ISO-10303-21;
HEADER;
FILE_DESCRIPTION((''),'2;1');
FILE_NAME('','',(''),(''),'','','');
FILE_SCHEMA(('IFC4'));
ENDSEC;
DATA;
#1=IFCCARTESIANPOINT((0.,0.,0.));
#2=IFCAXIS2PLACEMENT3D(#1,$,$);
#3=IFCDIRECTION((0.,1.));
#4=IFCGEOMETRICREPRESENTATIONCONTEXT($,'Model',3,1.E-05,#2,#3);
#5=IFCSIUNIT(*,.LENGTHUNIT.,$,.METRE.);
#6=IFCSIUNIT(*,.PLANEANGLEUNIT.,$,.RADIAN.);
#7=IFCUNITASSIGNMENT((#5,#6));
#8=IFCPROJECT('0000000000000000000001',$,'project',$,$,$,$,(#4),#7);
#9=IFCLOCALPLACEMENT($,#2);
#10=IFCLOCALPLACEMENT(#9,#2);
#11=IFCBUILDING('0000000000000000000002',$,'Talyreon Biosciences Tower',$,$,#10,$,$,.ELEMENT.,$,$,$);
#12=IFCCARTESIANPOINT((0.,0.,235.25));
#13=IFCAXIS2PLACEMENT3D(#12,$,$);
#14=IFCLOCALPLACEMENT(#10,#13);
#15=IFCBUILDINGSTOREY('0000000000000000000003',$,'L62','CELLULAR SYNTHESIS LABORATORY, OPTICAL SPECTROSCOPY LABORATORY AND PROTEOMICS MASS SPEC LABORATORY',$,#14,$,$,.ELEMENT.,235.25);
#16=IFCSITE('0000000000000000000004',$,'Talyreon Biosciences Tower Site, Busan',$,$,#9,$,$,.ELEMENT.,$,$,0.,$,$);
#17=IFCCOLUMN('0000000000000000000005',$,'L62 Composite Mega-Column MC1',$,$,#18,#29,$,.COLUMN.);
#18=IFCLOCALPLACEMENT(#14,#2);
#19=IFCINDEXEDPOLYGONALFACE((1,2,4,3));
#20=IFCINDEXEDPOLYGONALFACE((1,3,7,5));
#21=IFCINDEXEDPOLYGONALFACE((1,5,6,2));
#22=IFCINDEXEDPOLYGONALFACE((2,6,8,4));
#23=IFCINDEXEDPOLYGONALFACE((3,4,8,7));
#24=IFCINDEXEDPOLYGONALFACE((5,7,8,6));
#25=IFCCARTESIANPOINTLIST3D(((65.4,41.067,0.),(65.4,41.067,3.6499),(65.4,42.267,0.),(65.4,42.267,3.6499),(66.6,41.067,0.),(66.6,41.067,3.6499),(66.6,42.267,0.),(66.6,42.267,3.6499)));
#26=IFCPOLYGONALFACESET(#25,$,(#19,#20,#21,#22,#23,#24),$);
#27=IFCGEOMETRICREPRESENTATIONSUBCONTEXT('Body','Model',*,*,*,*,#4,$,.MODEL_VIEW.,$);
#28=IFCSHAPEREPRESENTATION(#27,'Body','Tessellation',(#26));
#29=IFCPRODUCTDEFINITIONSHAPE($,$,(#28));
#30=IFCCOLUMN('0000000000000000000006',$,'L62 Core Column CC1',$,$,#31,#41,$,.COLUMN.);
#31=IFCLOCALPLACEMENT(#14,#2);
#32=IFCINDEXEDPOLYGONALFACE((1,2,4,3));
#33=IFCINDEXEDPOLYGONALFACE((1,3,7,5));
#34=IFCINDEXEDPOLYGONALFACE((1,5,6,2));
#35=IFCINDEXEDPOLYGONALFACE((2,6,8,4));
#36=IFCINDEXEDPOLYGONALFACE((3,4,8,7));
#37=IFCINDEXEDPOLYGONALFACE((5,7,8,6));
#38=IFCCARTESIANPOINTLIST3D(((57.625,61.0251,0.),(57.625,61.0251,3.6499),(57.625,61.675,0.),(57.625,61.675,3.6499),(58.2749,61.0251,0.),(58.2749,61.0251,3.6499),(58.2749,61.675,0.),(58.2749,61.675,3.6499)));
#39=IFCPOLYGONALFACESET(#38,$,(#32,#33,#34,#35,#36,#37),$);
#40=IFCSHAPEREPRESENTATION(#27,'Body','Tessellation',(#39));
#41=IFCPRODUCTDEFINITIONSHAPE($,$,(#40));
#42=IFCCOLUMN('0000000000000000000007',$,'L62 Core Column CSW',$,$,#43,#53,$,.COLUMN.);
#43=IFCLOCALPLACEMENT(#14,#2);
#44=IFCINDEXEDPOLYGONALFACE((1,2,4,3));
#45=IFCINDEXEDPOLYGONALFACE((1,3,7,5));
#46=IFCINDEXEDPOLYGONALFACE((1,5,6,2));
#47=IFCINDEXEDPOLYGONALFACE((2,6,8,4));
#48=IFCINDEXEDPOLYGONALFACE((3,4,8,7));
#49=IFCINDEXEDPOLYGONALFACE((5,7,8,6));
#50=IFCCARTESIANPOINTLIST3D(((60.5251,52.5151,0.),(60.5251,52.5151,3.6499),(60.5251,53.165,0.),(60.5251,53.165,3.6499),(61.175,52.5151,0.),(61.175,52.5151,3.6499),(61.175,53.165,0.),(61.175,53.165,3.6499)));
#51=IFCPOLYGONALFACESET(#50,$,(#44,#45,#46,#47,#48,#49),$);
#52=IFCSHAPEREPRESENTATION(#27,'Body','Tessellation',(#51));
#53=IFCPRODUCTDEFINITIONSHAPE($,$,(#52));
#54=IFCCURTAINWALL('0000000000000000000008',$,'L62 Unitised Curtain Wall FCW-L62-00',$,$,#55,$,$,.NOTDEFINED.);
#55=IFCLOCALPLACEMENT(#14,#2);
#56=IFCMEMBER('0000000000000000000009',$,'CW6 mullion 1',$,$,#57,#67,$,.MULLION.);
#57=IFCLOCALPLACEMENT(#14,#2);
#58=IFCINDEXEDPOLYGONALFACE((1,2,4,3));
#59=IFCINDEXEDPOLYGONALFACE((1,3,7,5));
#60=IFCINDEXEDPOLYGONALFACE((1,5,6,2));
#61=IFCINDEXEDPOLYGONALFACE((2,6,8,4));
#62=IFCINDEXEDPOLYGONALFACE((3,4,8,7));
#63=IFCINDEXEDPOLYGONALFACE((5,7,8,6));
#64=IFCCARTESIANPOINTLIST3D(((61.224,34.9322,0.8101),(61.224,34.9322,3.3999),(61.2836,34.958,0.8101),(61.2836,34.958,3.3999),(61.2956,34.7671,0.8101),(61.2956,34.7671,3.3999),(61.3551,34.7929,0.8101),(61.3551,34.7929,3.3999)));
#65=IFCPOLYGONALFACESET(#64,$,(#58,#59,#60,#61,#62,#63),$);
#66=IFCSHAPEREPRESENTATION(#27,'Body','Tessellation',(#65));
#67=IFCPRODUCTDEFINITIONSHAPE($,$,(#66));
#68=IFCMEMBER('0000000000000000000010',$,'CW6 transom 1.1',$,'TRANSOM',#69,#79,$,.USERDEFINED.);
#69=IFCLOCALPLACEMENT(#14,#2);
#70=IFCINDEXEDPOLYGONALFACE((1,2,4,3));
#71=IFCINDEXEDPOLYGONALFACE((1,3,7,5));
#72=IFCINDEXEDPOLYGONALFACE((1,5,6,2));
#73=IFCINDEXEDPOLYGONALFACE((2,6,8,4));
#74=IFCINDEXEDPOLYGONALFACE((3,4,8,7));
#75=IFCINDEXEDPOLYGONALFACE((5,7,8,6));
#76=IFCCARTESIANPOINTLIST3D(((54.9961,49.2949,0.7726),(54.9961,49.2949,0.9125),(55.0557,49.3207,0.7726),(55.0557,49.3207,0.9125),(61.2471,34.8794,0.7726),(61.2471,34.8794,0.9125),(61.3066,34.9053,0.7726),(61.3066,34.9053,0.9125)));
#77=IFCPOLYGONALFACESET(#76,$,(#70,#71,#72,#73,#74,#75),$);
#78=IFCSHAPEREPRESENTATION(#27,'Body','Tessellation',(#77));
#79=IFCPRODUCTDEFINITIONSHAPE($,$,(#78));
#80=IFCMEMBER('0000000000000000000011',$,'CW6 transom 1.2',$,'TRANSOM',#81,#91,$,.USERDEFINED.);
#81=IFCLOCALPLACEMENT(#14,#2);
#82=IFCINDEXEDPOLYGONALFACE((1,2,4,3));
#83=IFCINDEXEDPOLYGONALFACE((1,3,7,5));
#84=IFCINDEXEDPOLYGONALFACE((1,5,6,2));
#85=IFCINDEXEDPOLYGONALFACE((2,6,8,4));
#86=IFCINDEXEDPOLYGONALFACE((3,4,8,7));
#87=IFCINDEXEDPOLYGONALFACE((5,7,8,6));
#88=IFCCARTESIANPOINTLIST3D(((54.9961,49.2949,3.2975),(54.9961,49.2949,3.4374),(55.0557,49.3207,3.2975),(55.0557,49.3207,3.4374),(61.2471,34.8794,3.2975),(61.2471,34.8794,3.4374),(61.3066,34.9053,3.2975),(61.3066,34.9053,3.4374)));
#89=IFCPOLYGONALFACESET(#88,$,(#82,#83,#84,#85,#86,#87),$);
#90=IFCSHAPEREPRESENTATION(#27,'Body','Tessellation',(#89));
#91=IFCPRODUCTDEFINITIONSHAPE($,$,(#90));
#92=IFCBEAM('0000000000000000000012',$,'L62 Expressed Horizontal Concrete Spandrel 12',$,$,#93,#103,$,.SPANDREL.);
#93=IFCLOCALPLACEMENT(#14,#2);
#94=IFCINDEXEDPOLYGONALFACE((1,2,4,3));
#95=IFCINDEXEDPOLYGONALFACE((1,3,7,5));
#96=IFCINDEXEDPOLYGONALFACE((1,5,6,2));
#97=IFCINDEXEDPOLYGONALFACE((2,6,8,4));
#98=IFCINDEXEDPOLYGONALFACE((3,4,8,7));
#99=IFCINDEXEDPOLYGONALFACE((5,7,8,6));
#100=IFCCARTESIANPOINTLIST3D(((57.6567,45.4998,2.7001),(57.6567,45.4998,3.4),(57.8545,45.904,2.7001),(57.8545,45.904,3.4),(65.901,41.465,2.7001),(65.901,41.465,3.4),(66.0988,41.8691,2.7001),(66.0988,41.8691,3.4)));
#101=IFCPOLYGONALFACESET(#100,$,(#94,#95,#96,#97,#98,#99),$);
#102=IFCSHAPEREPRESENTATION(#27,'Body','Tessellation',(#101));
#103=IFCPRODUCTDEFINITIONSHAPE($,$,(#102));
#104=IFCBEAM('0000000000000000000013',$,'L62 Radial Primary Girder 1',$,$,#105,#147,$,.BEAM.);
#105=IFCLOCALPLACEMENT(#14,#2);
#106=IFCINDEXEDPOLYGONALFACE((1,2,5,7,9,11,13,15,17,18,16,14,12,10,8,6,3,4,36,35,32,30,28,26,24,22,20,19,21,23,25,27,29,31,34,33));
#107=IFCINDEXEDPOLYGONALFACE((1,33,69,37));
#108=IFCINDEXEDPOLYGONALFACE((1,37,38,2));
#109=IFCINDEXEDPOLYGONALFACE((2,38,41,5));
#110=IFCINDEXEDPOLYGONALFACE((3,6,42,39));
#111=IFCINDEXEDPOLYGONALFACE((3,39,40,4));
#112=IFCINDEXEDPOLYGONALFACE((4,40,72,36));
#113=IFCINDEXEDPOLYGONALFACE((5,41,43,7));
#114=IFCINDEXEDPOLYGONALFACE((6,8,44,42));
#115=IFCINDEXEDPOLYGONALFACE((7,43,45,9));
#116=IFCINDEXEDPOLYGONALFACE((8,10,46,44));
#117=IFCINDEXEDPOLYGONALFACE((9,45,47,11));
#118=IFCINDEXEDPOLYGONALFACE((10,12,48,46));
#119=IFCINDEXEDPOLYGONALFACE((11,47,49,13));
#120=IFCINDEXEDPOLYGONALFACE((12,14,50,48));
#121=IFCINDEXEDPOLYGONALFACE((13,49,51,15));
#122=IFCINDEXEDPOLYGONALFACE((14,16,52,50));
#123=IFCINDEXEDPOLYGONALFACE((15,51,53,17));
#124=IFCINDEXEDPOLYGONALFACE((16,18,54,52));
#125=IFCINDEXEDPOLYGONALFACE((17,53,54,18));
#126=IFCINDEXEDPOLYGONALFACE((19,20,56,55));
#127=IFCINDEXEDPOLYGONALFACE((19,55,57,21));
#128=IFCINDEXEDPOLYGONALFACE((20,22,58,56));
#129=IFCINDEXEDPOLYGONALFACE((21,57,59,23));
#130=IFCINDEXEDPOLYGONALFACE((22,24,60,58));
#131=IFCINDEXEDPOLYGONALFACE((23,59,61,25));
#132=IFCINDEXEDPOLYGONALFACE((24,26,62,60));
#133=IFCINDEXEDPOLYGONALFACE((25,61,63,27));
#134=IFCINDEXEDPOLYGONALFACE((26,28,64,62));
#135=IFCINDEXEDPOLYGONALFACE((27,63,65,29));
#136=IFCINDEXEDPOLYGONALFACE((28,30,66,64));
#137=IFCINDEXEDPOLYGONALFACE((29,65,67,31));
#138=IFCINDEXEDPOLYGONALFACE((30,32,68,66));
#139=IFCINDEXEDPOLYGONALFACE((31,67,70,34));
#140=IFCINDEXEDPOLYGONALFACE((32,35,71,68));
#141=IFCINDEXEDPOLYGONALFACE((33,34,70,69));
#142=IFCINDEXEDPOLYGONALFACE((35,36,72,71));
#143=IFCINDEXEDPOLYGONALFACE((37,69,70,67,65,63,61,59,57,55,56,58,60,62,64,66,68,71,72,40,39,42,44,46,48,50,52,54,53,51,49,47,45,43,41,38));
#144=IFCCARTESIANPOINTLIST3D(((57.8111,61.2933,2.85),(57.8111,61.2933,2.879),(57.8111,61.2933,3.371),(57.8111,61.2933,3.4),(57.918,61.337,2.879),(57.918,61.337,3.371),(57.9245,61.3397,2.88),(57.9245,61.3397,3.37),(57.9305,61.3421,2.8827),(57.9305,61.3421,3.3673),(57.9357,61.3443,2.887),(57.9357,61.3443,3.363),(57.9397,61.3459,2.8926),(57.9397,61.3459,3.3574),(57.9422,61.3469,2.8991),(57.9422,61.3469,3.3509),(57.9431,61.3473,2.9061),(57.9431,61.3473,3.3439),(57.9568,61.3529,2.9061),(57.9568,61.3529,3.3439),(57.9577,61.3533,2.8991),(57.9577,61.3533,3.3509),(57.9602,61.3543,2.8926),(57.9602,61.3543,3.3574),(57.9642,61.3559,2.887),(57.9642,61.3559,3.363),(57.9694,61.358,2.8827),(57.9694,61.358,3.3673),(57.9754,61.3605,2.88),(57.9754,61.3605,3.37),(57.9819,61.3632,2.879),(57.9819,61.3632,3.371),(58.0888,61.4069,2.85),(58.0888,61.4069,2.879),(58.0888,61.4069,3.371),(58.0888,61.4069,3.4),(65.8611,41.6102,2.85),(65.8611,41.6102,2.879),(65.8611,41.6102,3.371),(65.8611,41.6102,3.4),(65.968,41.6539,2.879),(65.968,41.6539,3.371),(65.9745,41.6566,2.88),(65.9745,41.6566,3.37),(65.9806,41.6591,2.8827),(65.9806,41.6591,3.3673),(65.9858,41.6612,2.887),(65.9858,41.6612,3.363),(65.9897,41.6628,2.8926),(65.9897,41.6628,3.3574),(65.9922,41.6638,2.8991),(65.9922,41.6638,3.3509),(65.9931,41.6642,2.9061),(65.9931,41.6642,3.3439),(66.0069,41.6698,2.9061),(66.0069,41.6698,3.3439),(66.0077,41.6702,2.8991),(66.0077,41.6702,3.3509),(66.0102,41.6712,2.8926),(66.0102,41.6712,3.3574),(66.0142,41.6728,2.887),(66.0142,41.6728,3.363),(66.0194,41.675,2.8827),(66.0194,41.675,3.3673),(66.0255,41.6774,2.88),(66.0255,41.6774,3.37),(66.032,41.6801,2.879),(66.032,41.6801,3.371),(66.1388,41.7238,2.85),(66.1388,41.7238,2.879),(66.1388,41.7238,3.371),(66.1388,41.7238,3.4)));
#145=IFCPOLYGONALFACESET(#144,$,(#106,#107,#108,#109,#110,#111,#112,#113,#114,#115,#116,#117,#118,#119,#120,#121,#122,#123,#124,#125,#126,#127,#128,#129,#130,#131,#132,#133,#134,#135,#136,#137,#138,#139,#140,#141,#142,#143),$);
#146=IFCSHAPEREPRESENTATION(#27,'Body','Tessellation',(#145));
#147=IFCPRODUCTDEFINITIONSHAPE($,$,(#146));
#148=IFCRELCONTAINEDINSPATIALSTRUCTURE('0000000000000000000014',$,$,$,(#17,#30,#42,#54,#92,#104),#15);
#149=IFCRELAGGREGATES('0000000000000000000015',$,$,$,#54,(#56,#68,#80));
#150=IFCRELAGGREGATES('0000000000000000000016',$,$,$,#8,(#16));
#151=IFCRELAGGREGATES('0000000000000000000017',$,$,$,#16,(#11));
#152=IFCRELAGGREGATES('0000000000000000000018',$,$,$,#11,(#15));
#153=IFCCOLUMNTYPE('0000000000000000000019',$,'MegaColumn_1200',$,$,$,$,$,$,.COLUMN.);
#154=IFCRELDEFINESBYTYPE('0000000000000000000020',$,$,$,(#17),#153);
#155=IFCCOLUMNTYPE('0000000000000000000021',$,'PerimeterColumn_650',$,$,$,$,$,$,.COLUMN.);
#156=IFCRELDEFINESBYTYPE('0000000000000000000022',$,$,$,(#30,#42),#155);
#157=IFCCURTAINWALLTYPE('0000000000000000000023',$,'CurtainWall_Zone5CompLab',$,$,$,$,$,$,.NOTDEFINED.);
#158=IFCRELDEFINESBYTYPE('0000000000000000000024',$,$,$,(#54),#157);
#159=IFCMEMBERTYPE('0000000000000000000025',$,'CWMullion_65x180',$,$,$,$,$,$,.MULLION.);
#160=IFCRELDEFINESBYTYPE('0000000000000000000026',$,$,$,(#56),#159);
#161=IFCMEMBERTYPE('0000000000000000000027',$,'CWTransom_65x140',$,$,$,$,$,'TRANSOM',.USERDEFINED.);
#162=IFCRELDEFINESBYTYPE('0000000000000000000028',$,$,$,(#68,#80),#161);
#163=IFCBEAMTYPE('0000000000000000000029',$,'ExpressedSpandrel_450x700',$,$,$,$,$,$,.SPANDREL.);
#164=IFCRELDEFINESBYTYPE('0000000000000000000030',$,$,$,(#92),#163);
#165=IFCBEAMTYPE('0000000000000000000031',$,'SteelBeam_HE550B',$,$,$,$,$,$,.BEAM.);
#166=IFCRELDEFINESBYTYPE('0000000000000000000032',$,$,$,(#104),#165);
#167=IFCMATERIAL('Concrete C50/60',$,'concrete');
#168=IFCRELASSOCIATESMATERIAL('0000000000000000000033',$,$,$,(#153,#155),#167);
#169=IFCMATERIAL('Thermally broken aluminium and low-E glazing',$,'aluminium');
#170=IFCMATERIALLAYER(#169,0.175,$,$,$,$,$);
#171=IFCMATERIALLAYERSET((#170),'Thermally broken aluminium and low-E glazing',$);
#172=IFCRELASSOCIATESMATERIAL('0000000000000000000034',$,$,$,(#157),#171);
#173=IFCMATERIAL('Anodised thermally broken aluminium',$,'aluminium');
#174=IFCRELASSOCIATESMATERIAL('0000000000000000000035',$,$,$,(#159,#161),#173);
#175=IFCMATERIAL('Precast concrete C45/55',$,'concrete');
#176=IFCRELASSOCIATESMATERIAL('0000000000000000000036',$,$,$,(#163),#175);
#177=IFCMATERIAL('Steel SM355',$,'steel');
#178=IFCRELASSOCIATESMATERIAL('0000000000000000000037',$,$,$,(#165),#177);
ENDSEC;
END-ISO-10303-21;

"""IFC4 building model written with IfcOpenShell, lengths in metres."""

from ifc_helpers import new_model, si_unit, direction, frame, origin, origin_2d, place, context, subcontext, project, spatial, rectangle, i_section, extrude, material, layer, layer_set, material_profile, profile_set, type_object, element, aggregate, save


model = new_model("IFC4")

# Units and contexts
model_context = context("Model", 3, precision=1e-05, world=origin(), true_north=direction((0.0, 1.0)))
body_context = subcontext(model_context, "Body", "Model", "MODEL_VIEW")
ifc_project = project(units=[si_unit("LENGTHUNIT", "METRE"), si_unit("PLANEANGLEUNIT", "RADIAN")], contexts=[model_context])

# Site, building, storey
site_placement = place(None, origin())
site = spatial("IfcSite", under=ifc_project, at=site_placement, Name="Talyreon Biosciences Tower Site, Busan", CompositionType="ELEMENT", RefElevation=0.0)
building_placement = place(site_placement, origin())
building = spatial("IfcBuilding", under=site, at=building_placement, Name="Talyreon Biosciences Tower", CompositionType="ELEMENT")
storey_placement = place(building_placement, frame((0.0, 0.0, 235.25)))
storey = spatial("IfcBuildingStorey", under=building, at=storey_placement, Name="L62", Description="CELLULAR SYNTHESIS LABORATORY, OPTICAL SPECTROSCOPY LABORATORY AND PROTEOMICS MASS SPEC LABORATORY", CompositionType="ELEMENT", Elevation=235.25)

# Columns
ifc_material_1 = material(Name="Concrete C50/60", Category="concrete")
ifc_material_profile_1 = material_profile(ifc_material_1, rectangle(XDim=1.2, YDim=1.2, at=origin_2d()), Name="RC 1200x1200")
ifc_profile_set_1 = profile_set([ifc_material_profile_1], Name="Concrete C50/60")
column_type_1 = type_object("IfcColumnType", Name="MegaColumn_1200", PredefinedType="COLUMN", material=ifc_profile_set_1)
column_placement = place(storey_placement, frame((66.0, 41.667, 0.0), z_axis=(0.0, 0.0, 1.0), x_axis=(1.0, 0.0, 0.0)))
element("IfcColumn", 1, at=column_placement, inside=storey, type_object=column_type_1, Name="L62 Composite Mega-Column MC1", PredefinedType="COLUMN", context=body_context, shape_type="SweptSolid", body=[
    extrude(rectangle(XDim=1.2, YDim=1.2, at=origin_2d()), origin(), (0.0, 0.0, 1.0), 3.6499),
])
ifc_material_profile_2 = material_profile(ifc_material_1, rectangle(XDim=0.6499, YDim=0.6499, at=origin_2d()), Name="RC 650x650")
ifc_profile_set_2 = profile_set([ifc_material_profile_2], Name="Concrete C50/60")
column_type_2 = type_object("IfcColumnType", Name="PerimeterColumn_650", PredefinedType="COLUMN", material=ifc_profile_set_2)
for number, where, z_axis, x_axis, name in (
    (2, (57.95, 61.3501, 0.0), (0.0, 0.0, 1.0), (1.0, 0.0, 0.0), "L62 Core Column CC1"),
    (3, (60.8501, 52.8401, 0.0), (0.0, 0.0, 1.0), (1.0, 0.0, 0.0), "L62 Core Column CSW"),
):
    element("IfcColumn", number, at=place(storey_placement, frame(where, z_axis=z_axis, x_axis=x_axis)), inside=storey, type_object=column_type_2, Name=name, PredefinedType="COLUMN", context=body_context, shape_type="SweptSolid", body=[
        extrude(rectangle(XDim=0.6499, YDim=0.6499, at=origin_2d()), origin(), (0.0, 0.0, 1.0), 3.6499),
    ])

# Curtain wall, members
ifc_material_2 = material(Name="Thermally broken aluminium and low-E glazing", Category="aluminium")
ifc_layer_1 = layer(ifc_material_2, 0.175)
ifc_layer_set_1 = layer_set([ifc_layer_1], Name="Thermally broken aluminium and low-E glazing")
curtain_wall_type = type_object("IfcCurtainWallType", Name="CurtainWall_Zone5CompLab", PredefinedType="NOTDEFINED", material=ifc_layer_set_1)
curtain_wall_placement = place(storey_placement, origin())
curtain_wall = element("IfcCurtainWall", 4, at=curtain_wall_placement, inside=storey, type_object=curtain_wall_type, Name="L62 Unitised Curtain Wall FCW-L62-00", PredefinedType="NOTDEFINED")
ifc_material_3 = material(Name="Anodised thermally broken aluminium", Category="aluminium")
ifc_material_profile_3 = material_profile(ifc_material_3, rectangle(XDim=0.0649, YDim=0.1799, at=origin_2d()), Name="ALUM MULLION 65x180")
ifc_profile_set_3 = profile_set([ifc_material_profile_3], Name="Anodised thermally broken aluminium")
member_type_1 = type_object("IfcMemberType", Name="CWMullion_65x180", PredefinedType="MULLION", material=ifc_profile_set_3)
member_1_placement = place(storey_placement, frame((61.2896, 34.8625, 0.8101), z_axis=(0.0, 0.0, 1.0), x_axis=(-0.917458, -0.397832, 0.0)))
member_1 = element("IfcMember", 5, at=member_1_placement, type_object=member_type_1, Name="CW6 mullion 1", PredefinedType="MULLION", context=body_context, shape_type="SweptSolid", body=[
    extrude(rectangle(XDim=0.0649, YDim=0.1799, at=origin_2d()), origin(), (0.0, 0.0, 1.0), 2.5898),
])
ifc_material_profile_4 = material_profile(ifc_material_3, rectangle(XDim=0.0649, YDim=0.1399, at=origin_2d()), Name="ALUM TRANSOM 65x140")
ifc_profile_set_4 = profile_set([ifc_material_profile_4], Name="Anodised thermally broken aluminium")
member_type_2 = type_object("IfcMemberType", Name="CWTransom_65x140", ElementType="TRANSOM", PredefinedType="USERDEFINED", material=ifc_profile_set_4)
member_2_placement = place(storey_placement, frame((61.2769, 34.8923, 0.8425), z_axis=(-0.397835, 0.917457, 0.0), x_axis=(-0.917457, -0.397835, 0.0)))
member_2 = element("IfcMember", 6, at=member_2_placement, type_object=member_type_2, Name="CW6 transom 1.1", ObjectType="TRANSOM", PredefinedType="USERDEFINED", context=body_context, shape_type="SweptSolid", body=[
    extrude(rectangle(XDim=0.0649, YDim=0.1399, at=origin_2d()), origin(), (0.0, 0.0, 1.0), 15.7124),
])
member_3_placement = place(storey_placement, frame((61.2769, 34.8923, 3.3674), z_axis=(-0.397835, 0.917457, 0.0), x_axis=(-0.917457, -0.397835, 0.0)))
member_3 = element("IfcMember", 7, at=member_3_placement, type_object=member_type_2, Name="CW6 transom 1.2", ObjectType="TRANSOM", PredefinedType="USERDEFINED", context=body_context, shape_type="SweptSolid", body=[
    extrude(rectangle(XDim=0.0649, YDim=0.1399, at=origin_2d()), origin(), (0.0, 0.0, 1.0), 15.7124),
])

# Beams
ifc_material_4 = material(Name="Precast concrete C45/55", Category="concrete")
ifc_material_profile_5 = material_profile(ifc_material_4, rectangle(XDim=0.45, YDim=0.7, at=origin_2d()), Name="RCB 450x700")
ifc_profile_set_5 = profile_set([ifc_material_profile_5], Name="Precast concrete C45/55")
beam_type_1 = type_object("IfcBeamType", Name="ExpressedSpandrel_450x700", PredefinedType="SPANDREL", material=ifc_profile_set_5)
beam_1_placement = place(storey_placement, frame((57.7556, 45.7019, 3.05), z_axis=(0.898198, -0.43959, 0.0), x_axis=(0.43959, 0.898198, 0.0)))
element("IfcBeam", 8, at=beam_1_placement, inside=storey, type_object=beam_type_1, Name="L62 Expressed Horizontal Concrete Spandrel 12", PredefinedType="SPANDREL", context=body_context, shape_type="SweptSolid", body=[
    extrude(rectangle(XDim=0.45, YDim=0.7, at=origin_2d()), origin(), (0.0, 0.0, 1.0), 9.1787),
])
ifc_material_5 = material(Name="Steel SM355", Category="steel")
ifc_material_profile_6 = material_profile(ifc_material_5, i_section(OverallWidth=0.3, OverallDepth=0.55, WebThickness=0.0149, FlangeThickness=0.0291, FilletRadius=0.0271, at=origin_2d()), Name="HE550B")
ifc_profile_set_6 = profile_set([ifc_material_profile_6], Name="Steel SM355")
beam_type_2 = type_object("IfcBeamType", Name="SteelBeam_HE550B", PredefinedType="BEAM", material=ifc_profile_set_6)
beam_2_placement = place(storey_placement, frame((57.95, 61.3501, 3.125), z_axis=(0.378547, -0.925582, 0.0), x_axis=(0.925582, 0.378547, 0.0)))
element("IfcBeam", 9, at=beam_2_placement, inside=storey, type_object=beam_type_2, Name="L62 Radial Primary Girder 1", PredefinedType="BEAM", context=body_context, shape_type="SweptSolid", body=[
    extrude(i_section(OverallWidth=0.3, OverallDepth=0.55, WebThickness=0.0149, FlangeThickness=0.0291, FilletRadius=0.0271, at=origin_2d()), origin(), (0.0, 0.0, 1.0), 21.2656),
])

aggregate(curtain_wall, [member_1, member_2, member_3])

save(model, "model.ifc")
